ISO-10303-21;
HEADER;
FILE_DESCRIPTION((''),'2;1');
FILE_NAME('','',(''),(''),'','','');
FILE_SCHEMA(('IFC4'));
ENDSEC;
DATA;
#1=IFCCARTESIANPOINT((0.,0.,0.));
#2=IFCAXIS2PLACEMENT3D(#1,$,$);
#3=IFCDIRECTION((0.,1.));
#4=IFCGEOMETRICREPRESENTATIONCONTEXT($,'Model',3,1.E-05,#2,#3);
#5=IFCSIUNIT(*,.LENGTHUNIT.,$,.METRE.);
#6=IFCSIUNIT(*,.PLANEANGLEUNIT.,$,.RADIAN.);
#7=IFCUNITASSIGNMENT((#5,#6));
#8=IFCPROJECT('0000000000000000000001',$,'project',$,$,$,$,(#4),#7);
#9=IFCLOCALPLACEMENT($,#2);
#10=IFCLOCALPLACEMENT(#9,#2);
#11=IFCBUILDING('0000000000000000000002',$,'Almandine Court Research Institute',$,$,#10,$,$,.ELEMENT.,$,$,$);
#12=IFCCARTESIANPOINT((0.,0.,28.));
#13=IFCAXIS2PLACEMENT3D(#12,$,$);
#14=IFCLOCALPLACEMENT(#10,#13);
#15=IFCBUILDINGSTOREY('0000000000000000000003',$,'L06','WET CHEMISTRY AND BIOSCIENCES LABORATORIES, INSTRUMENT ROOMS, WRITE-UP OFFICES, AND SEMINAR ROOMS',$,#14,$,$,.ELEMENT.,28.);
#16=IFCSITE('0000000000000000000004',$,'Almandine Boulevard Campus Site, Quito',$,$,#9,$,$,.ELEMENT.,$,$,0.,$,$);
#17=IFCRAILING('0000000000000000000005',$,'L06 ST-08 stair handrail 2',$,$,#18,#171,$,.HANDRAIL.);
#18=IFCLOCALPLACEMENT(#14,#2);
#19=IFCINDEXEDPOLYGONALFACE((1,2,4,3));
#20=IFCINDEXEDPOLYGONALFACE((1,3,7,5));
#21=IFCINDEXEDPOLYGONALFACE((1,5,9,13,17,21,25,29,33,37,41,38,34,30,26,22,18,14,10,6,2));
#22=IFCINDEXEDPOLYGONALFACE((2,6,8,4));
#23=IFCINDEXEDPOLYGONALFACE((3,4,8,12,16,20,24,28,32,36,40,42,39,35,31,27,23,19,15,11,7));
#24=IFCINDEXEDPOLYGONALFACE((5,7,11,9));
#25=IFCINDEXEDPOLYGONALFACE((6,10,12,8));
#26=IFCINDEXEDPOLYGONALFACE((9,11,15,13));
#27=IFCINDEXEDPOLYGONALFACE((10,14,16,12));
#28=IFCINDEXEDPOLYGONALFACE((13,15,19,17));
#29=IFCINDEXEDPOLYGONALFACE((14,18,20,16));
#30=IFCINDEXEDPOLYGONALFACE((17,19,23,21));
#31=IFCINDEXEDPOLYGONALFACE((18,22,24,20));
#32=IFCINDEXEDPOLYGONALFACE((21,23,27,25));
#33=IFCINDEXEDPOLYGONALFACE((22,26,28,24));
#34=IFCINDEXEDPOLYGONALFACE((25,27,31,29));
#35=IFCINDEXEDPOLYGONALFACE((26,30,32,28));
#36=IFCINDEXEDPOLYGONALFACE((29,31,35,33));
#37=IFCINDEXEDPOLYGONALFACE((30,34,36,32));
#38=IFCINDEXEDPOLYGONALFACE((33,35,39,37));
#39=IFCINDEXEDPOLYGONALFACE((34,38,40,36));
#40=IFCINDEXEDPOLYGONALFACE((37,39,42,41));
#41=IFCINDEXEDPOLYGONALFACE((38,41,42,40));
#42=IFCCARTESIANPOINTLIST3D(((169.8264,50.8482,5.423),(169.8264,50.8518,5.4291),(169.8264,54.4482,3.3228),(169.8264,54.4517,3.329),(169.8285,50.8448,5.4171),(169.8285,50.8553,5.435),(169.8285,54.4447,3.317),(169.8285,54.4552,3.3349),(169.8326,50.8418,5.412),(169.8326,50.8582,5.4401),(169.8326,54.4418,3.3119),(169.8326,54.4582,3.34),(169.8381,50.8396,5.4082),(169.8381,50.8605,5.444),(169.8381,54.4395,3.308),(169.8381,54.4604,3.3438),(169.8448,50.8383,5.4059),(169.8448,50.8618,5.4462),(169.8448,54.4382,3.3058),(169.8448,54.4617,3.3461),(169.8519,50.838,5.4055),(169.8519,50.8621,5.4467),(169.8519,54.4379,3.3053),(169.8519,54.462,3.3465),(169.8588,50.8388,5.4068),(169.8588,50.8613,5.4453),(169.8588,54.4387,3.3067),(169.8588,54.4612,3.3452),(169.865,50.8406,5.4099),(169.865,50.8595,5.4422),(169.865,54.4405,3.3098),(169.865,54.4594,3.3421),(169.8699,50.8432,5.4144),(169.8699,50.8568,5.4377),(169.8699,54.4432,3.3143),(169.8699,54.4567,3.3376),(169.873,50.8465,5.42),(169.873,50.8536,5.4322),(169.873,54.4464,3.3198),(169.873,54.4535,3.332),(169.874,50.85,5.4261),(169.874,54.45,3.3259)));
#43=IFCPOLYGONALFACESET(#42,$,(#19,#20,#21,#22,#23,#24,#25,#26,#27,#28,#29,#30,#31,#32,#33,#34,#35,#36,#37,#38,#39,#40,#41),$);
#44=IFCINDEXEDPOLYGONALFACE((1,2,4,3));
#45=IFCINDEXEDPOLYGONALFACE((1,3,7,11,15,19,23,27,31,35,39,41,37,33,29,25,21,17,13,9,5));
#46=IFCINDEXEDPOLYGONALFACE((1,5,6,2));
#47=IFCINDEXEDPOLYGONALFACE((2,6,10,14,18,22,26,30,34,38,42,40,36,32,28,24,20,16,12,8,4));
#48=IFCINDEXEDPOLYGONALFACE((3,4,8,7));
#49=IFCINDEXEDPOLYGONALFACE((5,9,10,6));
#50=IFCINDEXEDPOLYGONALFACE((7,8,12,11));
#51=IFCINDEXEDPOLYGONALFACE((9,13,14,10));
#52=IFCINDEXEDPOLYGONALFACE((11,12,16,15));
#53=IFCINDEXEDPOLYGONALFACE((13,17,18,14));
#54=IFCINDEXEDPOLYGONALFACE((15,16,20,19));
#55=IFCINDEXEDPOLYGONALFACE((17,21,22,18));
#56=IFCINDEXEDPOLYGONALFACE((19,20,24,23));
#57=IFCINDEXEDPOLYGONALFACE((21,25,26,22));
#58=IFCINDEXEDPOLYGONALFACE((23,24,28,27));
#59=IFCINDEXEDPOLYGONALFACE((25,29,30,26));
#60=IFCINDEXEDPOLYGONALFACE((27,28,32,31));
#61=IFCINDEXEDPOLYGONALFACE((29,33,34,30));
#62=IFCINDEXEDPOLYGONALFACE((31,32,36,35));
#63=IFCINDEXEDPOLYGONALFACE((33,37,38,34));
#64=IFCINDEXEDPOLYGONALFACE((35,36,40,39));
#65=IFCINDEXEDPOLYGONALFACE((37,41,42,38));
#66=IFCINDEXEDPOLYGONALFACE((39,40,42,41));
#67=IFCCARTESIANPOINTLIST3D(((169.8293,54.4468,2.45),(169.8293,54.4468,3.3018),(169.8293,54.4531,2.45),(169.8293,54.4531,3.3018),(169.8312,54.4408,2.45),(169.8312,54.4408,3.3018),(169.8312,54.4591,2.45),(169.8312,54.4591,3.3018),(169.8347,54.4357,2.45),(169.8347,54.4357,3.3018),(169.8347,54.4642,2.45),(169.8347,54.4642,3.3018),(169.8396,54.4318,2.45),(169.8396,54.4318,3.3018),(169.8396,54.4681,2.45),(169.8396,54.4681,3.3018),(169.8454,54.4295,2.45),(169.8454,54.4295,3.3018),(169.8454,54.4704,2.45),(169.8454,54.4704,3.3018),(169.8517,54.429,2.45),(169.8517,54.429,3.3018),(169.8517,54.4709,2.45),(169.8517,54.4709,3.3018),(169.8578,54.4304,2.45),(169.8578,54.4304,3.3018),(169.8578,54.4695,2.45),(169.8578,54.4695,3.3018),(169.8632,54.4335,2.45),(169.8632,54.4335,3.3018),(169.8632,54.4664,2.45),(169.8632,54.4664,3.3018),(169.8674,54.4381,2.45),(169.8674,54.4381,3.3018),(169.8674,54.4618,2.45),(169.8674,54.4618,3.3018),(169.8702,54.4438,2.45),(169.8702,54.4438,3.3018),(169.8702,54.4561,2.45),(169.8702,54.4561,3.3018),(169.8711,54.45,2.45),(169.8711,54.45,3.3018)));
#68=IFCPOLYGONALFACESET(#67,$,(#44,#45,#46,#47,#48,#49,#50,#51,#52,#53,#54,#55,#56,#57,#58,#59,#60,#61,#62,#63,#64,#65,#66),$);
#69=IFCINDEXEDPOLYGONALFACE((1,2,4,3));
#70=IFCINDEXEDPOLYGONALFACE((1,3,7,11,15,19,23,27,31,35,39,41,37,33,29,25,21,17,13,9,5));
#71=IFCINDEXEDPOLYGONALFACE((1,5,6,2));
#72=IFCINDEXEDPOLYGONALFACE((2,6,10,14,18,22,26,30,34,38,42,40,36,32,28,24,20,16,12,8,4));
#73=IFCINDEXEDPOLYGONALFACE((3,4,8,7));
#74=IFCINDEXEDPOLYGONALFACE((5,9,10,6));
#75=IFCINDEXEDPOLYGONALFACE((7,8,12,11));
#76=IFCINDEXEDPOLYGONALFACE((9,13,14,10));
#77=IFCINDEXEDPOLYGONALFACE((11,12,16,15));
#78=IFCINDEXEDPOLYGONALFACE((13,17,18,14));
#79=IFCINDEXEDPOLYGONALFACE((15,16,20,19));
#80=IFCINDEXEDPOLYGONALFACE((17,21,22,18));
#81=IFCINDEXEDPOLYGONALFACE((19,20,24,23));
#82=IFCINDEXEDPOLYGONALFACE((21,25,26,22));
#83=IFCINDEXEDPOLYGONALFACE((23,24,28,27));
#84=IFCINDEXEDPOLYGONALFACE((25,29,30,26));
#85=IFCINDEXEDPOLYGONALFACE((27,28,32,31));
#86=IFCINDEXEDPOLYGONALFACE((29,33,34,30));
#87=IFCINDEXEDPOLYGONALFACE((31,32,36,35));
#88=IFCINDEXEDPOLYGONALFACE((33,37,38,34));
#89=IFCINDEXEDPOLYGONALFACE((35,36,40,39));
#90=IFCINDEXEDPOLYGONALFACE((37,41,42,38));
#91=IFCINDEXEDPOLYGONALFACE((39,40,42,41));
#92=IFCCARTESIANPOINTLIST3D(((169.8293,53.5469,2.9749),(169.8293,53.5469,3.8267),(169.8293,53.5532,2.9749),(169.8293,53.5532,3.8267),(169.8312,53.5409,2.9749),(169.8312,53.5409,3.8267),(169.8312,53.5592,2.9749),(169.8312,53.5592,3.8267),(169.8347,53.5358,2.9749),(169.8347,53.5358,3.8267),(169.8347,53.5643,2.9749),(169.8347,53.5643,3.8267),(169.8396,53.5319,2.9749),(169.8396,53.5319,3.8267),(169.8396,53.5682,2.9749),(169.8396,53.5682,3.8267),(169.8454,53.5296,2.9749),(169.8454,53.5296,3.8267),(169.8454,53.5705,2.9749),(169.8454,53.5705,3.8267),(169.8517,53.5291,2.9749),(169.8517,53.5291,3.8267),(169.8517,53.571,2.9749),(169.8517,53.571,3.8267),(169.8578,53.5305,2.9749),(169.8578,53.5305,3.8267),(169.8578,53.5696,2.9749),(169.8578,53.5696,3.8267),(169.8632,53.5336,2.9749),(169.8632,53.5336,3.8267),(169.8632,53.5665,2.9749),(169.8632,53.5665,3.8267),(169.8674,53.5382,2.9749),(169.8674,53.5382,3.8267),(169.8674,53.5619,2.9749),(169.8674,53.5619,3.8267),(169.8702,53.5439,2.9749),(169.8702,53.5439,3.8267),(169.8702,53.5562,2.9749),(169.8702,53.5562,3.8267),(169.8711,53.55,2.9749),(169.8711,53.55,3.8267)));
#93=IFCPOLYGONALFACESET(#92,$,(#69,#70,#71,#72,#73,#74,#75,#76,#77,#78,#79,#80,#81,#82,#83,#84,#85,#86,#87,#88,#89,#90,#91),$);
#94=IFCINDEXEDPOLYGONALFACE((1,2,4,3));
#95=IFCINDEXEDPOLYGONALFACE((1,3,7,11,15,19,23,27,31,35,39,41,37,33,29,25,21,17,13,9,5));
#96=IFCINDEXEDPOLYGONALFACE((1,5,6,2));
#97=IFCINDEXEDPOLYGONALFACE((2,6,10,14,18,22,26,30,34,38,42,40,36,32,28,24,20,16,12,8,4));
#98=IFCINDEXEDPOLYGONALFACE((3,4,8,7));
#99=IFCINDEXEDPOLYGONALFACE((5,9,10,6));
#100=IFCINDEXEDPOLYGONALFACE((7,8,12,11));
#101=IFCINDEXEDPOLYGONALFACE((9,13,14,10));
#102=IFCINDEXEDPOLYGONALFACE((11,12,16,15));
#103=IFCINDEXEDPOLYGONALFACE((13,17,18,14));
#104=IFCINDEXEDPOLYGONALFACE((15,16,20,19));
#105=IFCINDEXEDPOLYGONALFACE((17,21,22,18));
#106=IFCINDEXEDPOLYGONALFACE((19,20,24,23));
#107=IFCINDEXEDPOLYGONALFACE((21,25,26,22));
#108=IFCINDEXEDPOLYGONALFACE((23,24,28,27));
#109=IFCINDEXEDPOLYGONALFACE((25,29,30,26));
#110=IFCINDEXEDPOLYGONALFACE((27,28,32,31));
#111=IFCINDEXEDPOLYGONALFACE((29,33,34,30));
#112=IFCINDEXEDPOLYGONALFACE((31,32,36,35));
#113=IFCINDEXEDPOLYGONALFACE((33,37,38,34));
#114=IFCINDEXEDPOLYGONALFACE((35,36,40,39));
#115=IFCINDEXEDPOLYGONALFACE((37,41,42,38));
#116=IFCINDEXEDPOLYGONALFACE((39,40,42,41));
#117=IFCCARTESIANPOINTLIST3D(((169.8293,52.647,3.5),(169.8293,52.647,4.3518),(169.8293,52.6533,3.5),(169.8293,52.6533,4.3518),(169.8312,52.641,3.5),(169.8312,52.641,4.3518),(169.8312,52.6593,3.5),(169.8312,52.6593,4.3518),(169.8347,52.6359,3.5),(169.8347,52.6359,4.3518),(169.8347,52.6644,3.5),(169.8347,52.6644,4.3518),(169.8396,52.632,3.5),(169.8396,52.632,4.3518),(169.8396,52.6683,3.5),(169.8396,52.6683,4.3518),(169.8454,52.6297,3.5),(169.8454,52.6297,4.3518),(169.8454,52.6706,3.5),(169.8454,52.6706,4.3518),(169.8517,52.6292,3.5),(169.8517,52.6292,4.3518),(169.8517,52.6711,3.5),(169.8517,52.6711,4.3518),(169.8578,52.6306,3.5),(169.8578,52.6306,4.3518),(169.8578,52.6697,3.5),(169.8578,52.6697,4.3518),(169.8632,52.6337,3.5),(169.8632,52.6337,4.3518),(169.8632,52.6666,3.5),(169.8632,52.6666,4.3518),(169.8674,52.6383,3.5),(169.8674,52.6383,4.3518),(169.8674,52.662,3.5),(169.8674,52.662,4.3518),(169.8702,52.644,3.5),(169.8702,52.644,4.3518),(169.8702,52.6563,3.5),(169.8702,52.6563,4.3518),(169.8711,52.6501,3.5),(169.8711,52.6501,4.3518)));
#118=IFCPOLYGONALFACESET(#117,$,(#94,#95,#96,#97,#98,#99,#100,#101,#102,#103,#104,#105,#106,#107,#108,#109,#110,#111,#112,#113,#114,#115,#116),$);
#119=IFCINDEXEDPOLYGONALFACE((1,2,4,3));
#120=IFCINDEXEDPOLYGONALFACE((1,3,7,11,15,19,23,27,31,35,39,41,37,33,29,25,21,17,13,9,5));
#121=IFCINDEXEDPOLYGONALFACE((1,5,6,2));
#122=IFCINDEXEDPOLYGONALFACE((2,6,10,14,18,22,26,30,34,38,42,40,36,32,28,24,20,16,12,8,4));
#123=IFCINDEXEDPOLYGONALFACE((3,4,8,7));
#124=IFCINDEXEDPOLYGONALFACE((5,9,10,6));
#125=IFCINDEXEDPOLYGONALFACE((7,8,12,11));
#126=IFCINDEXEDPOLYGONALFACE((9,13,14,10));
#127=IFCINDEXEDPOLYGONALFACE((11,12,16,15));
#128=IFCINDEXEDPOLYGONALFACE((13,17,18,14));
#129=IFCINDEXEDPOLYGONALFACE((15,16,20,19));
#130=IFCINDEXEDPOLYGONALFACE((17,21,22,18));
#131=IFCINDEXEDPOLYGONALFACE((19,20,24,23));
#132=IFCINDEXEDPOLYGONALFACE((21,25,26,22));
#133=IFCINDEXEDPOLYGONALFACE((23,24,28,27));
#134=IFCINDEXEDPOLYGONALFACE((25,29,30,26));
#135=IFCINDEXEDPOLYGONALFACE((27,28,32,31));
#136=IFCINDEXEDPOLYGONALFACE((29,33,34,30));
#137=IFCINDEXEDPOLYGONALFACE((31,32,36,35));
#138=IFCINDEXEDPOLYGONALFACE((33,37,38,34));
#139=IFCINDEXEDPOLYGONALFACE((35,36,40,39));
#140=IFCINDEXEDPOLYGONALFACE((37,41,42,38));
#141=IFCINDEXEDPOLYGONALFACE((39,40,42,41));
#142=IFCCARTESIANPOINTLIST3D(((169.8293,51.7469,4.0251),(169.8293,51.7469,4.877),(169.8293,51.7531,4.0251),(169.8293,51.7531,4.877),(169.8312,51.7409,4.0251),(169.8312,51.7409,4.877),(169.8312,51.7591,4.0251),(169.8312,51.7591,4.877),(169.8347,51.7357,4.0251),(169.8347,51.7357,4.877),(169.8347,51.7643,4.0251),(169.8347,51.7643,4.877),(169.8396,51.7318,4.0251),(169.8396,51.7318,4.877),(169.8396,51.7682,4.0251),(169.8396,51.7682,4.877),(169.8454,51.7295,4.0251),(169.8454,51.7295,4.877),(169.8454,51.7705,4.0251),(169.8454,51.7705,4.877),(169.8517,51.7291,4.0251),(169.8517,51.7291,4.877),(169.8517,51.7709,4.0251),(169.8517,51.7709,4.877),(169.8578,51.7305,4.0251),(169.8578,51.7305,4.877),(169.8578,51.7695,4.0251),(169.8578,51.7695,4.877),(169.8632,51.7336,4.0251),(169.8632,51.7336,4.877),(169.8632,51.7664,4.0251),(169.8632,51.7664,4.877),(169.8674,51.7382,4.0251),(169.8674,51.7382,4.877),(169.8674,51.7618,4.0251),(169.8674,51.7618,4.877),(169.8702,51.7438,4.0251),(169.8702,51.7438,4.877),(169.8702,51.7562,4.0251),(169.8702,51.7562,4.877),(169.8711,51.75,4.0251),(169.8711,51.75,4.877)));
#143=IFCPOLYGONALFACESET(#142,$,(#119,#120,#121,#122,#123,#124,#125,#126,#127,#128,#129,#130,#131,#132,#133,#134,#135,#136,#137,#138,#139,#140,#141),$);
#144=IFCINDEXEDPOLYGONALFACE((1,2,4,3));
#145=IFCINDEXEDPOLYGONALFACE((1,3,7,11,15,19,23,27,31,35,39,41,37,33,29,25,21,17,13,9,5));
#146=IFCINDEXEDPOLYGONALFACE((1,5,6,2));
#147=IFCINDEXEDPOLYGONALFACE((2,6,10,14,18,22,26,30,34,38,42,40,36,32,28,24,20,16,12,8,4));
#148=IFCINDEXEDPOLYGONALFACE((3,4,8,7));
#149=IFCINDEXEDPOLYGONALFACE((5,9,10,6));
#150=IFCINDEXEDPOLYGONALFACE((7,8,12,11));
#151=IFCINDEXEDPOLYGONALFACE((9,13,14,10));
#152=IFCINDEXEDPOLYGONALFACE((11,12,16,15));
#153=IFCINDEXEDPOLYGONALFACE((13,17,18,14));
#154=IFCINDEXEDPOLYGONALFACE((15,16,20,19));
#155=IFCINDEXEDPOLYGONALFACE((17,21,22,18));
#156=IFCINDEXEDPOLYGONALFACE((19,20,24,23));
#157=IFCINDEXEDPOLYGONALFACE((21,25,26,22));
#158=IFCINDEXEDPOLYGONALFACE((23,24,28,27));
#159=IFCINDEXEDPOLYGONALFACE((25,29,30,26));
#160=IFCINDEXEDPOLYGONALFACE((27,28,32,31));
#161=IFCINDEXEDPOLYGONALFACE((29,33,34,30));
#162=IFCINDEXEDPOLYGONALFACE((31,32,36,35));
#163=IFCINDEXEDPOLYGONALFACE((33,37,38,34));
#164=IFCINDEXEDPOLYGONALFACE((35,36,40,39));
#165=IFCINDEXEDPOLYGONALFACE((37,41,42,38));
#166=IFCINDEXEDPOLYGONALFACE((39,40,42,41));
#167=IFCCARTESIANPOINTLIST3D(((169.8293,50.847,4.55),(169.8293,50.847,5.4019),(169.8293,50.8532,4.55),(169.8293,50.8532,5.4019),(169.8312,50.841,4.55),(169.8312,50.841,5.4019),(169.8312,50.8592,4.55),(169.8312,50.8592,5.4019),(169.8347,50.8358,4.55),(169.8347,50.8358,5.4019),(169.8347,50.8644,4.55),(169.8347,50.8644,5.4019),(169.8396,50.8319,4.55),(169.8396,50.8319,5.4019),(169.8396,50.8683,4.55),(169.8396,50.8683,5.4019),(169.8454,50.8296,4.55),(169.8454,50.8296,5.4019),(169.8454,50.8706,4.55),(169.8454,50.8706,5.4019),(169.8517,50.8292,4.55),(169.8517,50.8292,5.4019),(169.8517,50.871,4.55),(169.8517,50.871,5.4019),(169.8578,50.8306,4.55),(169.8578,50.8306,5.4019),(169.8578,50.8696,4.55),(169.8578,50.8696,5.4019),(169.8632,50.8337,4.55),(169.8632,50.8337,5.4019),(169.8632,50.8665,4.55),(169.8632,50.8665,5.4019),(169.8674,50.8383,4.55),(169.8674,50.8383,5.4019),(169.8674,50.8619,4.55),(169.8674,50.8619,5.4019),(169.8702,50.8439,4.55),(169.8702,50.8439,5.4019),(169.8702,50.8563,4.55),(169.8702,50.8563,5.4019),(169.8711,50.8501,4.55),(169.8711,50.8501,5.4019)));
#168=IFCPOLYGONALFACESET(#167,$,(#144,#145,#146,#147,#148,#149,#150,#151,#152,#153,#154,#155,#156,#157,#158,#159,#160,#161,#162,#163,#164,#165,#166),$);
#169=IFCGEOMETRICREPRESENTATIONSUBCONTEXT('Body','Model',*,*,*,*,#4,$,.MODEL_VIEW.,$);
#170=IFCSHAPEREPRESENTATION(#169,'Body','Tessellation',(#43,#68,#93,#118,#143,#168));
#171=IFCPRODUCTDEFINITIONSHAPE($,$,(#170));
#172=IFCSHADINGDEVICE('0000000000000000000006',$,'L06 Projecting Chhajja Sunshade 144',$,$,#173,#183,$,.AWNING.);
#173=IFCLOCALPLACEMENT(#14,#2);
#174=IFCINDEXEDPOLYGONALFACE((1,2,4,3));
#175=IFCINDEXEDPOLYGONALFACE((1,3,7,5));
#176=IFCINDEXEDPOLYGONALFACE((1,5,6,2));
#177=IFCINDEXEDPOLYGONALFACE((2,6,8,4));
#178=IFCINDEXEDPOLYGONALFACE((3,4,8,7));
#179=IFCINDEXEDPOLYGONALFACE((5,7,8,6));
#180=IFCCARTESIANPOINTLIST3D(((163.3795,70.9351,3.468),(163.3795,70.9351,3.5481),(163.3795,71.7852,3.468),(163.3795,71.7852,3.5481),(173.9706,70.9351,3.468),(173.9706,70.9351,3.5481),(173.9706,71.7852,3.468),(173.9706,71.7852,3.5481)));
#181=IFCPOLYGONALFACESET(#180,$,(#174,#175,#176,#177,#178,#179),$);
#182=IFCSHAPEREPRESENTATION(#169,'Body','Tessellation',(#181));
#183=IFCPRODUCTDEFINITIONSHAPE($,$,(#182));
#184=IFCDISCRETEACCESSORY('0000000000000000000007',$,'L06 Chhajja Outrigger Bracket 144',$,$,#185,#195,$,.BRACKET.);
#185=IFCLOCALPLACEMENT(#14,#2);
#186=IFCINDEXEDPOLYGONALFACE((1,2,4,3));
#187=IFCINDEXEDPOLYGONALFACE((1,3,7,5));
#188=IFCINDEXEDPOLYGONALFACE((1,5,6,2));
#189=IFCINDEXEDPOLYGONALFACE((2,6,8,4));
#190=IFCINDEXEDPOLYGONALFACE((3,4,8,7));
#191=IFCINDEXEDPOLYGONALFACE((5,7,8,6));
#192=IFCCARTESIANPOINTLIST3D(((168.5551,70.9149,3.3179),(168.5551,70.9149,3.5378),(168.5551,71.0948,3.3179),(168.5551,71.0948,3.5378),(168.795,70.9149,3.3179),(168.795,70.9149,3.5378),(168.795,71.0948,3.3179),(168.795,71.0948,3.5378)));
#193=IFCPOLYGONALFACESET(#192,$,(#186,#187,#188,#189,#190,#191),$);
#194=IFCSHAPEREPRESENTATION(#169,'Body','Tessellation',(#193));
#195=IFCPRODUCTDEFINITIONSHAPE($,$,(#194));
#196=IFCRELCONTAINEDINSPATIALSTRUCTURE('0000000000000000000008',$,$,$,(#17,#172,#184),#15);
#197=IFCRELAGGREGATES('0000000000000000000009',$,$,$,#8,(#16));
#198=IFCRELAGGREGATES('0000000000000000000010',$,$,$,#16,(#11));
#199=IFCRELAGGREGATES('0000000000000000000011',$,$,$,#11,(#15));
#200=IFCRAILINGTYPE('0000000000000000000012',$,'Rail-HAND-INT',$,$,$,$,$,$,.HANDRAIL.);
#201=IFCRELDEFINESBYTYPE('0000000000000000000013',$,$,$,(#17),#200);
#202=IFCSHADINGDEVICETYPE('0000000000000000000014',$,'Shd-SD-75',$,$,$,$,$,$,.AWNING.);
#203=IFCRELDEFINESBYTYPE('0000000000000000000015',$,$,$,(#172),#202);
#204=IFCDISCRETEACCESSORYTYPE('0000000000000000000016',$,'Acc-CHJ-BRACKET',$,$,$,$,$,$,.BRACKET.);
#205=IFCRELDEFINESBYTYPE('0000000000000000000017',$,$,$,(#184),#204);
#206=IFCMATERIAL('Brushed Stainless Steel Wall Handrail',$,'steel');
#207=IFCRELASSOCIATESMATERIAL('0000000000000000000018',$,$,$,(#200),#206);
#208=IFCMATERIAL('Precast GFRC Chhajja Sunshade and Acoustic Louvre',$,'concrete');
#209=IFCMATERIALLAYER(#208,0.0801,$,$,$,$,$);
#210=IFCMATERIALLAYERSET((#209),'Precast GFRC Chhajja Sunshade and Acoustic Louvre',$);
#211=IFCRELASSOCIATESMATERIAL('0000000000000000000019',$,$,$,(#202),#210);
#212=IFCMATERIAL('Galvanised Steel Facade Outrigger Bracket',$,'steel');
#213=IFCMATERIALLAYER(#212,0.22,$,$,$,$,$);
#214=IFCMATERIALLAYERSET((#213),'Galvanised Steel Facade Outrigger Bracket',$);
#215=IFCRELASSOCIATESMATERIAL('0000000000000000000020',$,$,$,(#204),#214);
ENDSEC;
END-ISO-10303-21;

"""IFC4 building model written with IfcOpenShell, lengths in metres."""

from ifc_helpers import new_model, si_unit, direction, frame, origin, origin_2d, place, context, subcontext, project, spatial, rectangle, circle, extrude, material, layer, layer_set, type_object, element, save


model = new_model("IFC4")

# Units and contexts
model_context = context("Model", 3, precision=1e-05, world=origin(), true_north=direction((0.0, 1.0)))
body_context = subcontext(model_context, "Body", "Model", "MODEL_VIEW")
ifc_project = project(units=[si_unit("LENGTHUNIT", "METRE"), si_unit("PLANEANGLEUNIT", "RADIAN")], contexts=[model_context])

# Site, building, storey
site_placement = place(None, origin())
site = spatial("IfcSite", under=ifc_project, at=site_placement, Name="Almandine Boulevard Campus Site, Quito", CompositionType="ELEMENT", RefElevation=0.0)
building_placement = place(site_placement, origin())
building = spatial("IfcBuilding", under=site, at=building_placement, Name="Almandine Court Research Institute", CompositionType="ELEMENT")
storey_placement = place(building_placement, frame((0.0, 0.0, 28.0)))
storey = spatial("IfcBuildingStorey", under=building, at=storey_placement, Name="L06", Description="WET CHEMISTRY AND BIOSCIENCES LABORATORIES, INSTRUMENT ROOMS, WRITE-UP OFFICES, AND SEMINAR ROOMS", CompositionType="ELEMENT", Elevation=28.0)

# Railing
ifc_material_1 = material(Name="Brushed Stainless Steel Wall Handrail", Category="steel")
railing_type_1 = type_object("IfcRailingType", Name="Rail-HAND-INT", PredefinedType="HANDRAIL", material=ifc_material_1)
railing_1_placement = place(storey_placement, frame((169.8501, 54.45, 2.45)))
element("IfcRailing", 1, at=railing_1_placement, inside=storey, type_object=railing_type_1, Name="L06 ST-08 stair handrail 2", PredefinedType="HANDRAIL", context=body_context, shape_type="SweptSolid", body=[
    extrude(circle(Radius=0.0239, at=origin_2d()), frame((0.0, 0.0, 0.876), z_axis=(0.0, -0.86376, 0.503904), x_axis=(1.0, 0.0, 0.0)), (0.0, 0.0, 1.0), 4.1677),
    extrude(circle(Radius=0.021, at=origin_2d()), origin(), (0.0, 0.0, 1.0), 0.8518),
    extrude(circle(Radius=0.021, at=origin_2d()), frame((0.0, -0.8999, 0.5249)), (0.0, 0.0, 1.0), 0.8518),
    extrude(circle(Radius=0.021, at=origin_2d()), frame((0.0, -1.7998, 1.05)), (0.0, 0.0, 1.0), 0.8518),
    extrude(circle(Radius=0.021, at=origin_2d()), frame((0.0, -2.7, 1.5752)), (0.0, 0.0, 1.0), 0.8518),
    extrude(circle(Radius=0.021, at=origin_2d()), frame((0.0, -3.5999, 2.1001)), (0.0, 0.0, 1.0), 0.8518),
])

# Shading device
ifc_material_2 = material(Name="Precast GFRC Chhajja Sunshade and Acoustic Louvre", Category="concrete")
ifc_layer_1 = layer(ifc_material_2, 0.0801)
ifc_layer_set_1 = layer_set([ifc_layer_1], Name="Precast GFRC Chhajja Sunshade and Acoustic Louvre")
shading_device_type = type_object("IfcShadingDeviceType", Name="Shd-SD-75", PredefinedType="AWNING", material=ifc_layer_set_1)
shading_device_placement = place(storey_placement, frame((168.675, 71.3601, 3.468), z_axis=(0.0, 0.0, 1.0), x_axis=(1.0, 0.0, 0.0)))
element("IfcShadingDevice", 2, at=shading_device_placement, inside=storey, type_object=shading_device_type, Name="L06 Projecting Chhajja Sunshade 144", PredefinedType="AWNING", context=body_context, shape_type="SweptSolid", body=[
    extrude(rectangle(XDim=10.5911, YDim=0.8501, at=origin_2d()), origin(), (0.0, 0.0, 1.0), 0.0801),
])

# Discrete accessory
ifc_material_3 = material(Name="Galvanised Steel Facade Outrigger Bracket", Category="steel")
ifc_layer_2 = layer(ifc_material_3, 0.22)
ifc_layer_set_2 = layer_set([ifc_layer_2], Name="Galvanised Steel Facade Outrigger Bracket")
discrete_accessory_type = type_object("IfcDiscreteAccessoryType", Name="Acc-CHJ-BRACKET", PredefinedType="BRACKET", material=ifc_layer_set_2)
discrete_accessory_placement = place(storey_placement, frame((168.675, 71.0049, 3.3179), z_axis=(0.0, 0.0, 1.0), x_axis=(1.0, 0.0, 0.0)))
element("IfcDiscreteAccessory", 3, at=discrete_accessory_placement, inside=storey, type_object=discrete_accessory_type, Name="L06 Chhajja Outrigger Bracket 144", PredefinedType="BRACKET", context=body_context, shape_type="SweptSolid", body=[
    extrude(rectangle(XDim=0.24, YDim=0.1799, at=origin_2d()), origin(), (0.0, 0.0, 1.0), 0.22),
])

save(model, "model.ifc")
